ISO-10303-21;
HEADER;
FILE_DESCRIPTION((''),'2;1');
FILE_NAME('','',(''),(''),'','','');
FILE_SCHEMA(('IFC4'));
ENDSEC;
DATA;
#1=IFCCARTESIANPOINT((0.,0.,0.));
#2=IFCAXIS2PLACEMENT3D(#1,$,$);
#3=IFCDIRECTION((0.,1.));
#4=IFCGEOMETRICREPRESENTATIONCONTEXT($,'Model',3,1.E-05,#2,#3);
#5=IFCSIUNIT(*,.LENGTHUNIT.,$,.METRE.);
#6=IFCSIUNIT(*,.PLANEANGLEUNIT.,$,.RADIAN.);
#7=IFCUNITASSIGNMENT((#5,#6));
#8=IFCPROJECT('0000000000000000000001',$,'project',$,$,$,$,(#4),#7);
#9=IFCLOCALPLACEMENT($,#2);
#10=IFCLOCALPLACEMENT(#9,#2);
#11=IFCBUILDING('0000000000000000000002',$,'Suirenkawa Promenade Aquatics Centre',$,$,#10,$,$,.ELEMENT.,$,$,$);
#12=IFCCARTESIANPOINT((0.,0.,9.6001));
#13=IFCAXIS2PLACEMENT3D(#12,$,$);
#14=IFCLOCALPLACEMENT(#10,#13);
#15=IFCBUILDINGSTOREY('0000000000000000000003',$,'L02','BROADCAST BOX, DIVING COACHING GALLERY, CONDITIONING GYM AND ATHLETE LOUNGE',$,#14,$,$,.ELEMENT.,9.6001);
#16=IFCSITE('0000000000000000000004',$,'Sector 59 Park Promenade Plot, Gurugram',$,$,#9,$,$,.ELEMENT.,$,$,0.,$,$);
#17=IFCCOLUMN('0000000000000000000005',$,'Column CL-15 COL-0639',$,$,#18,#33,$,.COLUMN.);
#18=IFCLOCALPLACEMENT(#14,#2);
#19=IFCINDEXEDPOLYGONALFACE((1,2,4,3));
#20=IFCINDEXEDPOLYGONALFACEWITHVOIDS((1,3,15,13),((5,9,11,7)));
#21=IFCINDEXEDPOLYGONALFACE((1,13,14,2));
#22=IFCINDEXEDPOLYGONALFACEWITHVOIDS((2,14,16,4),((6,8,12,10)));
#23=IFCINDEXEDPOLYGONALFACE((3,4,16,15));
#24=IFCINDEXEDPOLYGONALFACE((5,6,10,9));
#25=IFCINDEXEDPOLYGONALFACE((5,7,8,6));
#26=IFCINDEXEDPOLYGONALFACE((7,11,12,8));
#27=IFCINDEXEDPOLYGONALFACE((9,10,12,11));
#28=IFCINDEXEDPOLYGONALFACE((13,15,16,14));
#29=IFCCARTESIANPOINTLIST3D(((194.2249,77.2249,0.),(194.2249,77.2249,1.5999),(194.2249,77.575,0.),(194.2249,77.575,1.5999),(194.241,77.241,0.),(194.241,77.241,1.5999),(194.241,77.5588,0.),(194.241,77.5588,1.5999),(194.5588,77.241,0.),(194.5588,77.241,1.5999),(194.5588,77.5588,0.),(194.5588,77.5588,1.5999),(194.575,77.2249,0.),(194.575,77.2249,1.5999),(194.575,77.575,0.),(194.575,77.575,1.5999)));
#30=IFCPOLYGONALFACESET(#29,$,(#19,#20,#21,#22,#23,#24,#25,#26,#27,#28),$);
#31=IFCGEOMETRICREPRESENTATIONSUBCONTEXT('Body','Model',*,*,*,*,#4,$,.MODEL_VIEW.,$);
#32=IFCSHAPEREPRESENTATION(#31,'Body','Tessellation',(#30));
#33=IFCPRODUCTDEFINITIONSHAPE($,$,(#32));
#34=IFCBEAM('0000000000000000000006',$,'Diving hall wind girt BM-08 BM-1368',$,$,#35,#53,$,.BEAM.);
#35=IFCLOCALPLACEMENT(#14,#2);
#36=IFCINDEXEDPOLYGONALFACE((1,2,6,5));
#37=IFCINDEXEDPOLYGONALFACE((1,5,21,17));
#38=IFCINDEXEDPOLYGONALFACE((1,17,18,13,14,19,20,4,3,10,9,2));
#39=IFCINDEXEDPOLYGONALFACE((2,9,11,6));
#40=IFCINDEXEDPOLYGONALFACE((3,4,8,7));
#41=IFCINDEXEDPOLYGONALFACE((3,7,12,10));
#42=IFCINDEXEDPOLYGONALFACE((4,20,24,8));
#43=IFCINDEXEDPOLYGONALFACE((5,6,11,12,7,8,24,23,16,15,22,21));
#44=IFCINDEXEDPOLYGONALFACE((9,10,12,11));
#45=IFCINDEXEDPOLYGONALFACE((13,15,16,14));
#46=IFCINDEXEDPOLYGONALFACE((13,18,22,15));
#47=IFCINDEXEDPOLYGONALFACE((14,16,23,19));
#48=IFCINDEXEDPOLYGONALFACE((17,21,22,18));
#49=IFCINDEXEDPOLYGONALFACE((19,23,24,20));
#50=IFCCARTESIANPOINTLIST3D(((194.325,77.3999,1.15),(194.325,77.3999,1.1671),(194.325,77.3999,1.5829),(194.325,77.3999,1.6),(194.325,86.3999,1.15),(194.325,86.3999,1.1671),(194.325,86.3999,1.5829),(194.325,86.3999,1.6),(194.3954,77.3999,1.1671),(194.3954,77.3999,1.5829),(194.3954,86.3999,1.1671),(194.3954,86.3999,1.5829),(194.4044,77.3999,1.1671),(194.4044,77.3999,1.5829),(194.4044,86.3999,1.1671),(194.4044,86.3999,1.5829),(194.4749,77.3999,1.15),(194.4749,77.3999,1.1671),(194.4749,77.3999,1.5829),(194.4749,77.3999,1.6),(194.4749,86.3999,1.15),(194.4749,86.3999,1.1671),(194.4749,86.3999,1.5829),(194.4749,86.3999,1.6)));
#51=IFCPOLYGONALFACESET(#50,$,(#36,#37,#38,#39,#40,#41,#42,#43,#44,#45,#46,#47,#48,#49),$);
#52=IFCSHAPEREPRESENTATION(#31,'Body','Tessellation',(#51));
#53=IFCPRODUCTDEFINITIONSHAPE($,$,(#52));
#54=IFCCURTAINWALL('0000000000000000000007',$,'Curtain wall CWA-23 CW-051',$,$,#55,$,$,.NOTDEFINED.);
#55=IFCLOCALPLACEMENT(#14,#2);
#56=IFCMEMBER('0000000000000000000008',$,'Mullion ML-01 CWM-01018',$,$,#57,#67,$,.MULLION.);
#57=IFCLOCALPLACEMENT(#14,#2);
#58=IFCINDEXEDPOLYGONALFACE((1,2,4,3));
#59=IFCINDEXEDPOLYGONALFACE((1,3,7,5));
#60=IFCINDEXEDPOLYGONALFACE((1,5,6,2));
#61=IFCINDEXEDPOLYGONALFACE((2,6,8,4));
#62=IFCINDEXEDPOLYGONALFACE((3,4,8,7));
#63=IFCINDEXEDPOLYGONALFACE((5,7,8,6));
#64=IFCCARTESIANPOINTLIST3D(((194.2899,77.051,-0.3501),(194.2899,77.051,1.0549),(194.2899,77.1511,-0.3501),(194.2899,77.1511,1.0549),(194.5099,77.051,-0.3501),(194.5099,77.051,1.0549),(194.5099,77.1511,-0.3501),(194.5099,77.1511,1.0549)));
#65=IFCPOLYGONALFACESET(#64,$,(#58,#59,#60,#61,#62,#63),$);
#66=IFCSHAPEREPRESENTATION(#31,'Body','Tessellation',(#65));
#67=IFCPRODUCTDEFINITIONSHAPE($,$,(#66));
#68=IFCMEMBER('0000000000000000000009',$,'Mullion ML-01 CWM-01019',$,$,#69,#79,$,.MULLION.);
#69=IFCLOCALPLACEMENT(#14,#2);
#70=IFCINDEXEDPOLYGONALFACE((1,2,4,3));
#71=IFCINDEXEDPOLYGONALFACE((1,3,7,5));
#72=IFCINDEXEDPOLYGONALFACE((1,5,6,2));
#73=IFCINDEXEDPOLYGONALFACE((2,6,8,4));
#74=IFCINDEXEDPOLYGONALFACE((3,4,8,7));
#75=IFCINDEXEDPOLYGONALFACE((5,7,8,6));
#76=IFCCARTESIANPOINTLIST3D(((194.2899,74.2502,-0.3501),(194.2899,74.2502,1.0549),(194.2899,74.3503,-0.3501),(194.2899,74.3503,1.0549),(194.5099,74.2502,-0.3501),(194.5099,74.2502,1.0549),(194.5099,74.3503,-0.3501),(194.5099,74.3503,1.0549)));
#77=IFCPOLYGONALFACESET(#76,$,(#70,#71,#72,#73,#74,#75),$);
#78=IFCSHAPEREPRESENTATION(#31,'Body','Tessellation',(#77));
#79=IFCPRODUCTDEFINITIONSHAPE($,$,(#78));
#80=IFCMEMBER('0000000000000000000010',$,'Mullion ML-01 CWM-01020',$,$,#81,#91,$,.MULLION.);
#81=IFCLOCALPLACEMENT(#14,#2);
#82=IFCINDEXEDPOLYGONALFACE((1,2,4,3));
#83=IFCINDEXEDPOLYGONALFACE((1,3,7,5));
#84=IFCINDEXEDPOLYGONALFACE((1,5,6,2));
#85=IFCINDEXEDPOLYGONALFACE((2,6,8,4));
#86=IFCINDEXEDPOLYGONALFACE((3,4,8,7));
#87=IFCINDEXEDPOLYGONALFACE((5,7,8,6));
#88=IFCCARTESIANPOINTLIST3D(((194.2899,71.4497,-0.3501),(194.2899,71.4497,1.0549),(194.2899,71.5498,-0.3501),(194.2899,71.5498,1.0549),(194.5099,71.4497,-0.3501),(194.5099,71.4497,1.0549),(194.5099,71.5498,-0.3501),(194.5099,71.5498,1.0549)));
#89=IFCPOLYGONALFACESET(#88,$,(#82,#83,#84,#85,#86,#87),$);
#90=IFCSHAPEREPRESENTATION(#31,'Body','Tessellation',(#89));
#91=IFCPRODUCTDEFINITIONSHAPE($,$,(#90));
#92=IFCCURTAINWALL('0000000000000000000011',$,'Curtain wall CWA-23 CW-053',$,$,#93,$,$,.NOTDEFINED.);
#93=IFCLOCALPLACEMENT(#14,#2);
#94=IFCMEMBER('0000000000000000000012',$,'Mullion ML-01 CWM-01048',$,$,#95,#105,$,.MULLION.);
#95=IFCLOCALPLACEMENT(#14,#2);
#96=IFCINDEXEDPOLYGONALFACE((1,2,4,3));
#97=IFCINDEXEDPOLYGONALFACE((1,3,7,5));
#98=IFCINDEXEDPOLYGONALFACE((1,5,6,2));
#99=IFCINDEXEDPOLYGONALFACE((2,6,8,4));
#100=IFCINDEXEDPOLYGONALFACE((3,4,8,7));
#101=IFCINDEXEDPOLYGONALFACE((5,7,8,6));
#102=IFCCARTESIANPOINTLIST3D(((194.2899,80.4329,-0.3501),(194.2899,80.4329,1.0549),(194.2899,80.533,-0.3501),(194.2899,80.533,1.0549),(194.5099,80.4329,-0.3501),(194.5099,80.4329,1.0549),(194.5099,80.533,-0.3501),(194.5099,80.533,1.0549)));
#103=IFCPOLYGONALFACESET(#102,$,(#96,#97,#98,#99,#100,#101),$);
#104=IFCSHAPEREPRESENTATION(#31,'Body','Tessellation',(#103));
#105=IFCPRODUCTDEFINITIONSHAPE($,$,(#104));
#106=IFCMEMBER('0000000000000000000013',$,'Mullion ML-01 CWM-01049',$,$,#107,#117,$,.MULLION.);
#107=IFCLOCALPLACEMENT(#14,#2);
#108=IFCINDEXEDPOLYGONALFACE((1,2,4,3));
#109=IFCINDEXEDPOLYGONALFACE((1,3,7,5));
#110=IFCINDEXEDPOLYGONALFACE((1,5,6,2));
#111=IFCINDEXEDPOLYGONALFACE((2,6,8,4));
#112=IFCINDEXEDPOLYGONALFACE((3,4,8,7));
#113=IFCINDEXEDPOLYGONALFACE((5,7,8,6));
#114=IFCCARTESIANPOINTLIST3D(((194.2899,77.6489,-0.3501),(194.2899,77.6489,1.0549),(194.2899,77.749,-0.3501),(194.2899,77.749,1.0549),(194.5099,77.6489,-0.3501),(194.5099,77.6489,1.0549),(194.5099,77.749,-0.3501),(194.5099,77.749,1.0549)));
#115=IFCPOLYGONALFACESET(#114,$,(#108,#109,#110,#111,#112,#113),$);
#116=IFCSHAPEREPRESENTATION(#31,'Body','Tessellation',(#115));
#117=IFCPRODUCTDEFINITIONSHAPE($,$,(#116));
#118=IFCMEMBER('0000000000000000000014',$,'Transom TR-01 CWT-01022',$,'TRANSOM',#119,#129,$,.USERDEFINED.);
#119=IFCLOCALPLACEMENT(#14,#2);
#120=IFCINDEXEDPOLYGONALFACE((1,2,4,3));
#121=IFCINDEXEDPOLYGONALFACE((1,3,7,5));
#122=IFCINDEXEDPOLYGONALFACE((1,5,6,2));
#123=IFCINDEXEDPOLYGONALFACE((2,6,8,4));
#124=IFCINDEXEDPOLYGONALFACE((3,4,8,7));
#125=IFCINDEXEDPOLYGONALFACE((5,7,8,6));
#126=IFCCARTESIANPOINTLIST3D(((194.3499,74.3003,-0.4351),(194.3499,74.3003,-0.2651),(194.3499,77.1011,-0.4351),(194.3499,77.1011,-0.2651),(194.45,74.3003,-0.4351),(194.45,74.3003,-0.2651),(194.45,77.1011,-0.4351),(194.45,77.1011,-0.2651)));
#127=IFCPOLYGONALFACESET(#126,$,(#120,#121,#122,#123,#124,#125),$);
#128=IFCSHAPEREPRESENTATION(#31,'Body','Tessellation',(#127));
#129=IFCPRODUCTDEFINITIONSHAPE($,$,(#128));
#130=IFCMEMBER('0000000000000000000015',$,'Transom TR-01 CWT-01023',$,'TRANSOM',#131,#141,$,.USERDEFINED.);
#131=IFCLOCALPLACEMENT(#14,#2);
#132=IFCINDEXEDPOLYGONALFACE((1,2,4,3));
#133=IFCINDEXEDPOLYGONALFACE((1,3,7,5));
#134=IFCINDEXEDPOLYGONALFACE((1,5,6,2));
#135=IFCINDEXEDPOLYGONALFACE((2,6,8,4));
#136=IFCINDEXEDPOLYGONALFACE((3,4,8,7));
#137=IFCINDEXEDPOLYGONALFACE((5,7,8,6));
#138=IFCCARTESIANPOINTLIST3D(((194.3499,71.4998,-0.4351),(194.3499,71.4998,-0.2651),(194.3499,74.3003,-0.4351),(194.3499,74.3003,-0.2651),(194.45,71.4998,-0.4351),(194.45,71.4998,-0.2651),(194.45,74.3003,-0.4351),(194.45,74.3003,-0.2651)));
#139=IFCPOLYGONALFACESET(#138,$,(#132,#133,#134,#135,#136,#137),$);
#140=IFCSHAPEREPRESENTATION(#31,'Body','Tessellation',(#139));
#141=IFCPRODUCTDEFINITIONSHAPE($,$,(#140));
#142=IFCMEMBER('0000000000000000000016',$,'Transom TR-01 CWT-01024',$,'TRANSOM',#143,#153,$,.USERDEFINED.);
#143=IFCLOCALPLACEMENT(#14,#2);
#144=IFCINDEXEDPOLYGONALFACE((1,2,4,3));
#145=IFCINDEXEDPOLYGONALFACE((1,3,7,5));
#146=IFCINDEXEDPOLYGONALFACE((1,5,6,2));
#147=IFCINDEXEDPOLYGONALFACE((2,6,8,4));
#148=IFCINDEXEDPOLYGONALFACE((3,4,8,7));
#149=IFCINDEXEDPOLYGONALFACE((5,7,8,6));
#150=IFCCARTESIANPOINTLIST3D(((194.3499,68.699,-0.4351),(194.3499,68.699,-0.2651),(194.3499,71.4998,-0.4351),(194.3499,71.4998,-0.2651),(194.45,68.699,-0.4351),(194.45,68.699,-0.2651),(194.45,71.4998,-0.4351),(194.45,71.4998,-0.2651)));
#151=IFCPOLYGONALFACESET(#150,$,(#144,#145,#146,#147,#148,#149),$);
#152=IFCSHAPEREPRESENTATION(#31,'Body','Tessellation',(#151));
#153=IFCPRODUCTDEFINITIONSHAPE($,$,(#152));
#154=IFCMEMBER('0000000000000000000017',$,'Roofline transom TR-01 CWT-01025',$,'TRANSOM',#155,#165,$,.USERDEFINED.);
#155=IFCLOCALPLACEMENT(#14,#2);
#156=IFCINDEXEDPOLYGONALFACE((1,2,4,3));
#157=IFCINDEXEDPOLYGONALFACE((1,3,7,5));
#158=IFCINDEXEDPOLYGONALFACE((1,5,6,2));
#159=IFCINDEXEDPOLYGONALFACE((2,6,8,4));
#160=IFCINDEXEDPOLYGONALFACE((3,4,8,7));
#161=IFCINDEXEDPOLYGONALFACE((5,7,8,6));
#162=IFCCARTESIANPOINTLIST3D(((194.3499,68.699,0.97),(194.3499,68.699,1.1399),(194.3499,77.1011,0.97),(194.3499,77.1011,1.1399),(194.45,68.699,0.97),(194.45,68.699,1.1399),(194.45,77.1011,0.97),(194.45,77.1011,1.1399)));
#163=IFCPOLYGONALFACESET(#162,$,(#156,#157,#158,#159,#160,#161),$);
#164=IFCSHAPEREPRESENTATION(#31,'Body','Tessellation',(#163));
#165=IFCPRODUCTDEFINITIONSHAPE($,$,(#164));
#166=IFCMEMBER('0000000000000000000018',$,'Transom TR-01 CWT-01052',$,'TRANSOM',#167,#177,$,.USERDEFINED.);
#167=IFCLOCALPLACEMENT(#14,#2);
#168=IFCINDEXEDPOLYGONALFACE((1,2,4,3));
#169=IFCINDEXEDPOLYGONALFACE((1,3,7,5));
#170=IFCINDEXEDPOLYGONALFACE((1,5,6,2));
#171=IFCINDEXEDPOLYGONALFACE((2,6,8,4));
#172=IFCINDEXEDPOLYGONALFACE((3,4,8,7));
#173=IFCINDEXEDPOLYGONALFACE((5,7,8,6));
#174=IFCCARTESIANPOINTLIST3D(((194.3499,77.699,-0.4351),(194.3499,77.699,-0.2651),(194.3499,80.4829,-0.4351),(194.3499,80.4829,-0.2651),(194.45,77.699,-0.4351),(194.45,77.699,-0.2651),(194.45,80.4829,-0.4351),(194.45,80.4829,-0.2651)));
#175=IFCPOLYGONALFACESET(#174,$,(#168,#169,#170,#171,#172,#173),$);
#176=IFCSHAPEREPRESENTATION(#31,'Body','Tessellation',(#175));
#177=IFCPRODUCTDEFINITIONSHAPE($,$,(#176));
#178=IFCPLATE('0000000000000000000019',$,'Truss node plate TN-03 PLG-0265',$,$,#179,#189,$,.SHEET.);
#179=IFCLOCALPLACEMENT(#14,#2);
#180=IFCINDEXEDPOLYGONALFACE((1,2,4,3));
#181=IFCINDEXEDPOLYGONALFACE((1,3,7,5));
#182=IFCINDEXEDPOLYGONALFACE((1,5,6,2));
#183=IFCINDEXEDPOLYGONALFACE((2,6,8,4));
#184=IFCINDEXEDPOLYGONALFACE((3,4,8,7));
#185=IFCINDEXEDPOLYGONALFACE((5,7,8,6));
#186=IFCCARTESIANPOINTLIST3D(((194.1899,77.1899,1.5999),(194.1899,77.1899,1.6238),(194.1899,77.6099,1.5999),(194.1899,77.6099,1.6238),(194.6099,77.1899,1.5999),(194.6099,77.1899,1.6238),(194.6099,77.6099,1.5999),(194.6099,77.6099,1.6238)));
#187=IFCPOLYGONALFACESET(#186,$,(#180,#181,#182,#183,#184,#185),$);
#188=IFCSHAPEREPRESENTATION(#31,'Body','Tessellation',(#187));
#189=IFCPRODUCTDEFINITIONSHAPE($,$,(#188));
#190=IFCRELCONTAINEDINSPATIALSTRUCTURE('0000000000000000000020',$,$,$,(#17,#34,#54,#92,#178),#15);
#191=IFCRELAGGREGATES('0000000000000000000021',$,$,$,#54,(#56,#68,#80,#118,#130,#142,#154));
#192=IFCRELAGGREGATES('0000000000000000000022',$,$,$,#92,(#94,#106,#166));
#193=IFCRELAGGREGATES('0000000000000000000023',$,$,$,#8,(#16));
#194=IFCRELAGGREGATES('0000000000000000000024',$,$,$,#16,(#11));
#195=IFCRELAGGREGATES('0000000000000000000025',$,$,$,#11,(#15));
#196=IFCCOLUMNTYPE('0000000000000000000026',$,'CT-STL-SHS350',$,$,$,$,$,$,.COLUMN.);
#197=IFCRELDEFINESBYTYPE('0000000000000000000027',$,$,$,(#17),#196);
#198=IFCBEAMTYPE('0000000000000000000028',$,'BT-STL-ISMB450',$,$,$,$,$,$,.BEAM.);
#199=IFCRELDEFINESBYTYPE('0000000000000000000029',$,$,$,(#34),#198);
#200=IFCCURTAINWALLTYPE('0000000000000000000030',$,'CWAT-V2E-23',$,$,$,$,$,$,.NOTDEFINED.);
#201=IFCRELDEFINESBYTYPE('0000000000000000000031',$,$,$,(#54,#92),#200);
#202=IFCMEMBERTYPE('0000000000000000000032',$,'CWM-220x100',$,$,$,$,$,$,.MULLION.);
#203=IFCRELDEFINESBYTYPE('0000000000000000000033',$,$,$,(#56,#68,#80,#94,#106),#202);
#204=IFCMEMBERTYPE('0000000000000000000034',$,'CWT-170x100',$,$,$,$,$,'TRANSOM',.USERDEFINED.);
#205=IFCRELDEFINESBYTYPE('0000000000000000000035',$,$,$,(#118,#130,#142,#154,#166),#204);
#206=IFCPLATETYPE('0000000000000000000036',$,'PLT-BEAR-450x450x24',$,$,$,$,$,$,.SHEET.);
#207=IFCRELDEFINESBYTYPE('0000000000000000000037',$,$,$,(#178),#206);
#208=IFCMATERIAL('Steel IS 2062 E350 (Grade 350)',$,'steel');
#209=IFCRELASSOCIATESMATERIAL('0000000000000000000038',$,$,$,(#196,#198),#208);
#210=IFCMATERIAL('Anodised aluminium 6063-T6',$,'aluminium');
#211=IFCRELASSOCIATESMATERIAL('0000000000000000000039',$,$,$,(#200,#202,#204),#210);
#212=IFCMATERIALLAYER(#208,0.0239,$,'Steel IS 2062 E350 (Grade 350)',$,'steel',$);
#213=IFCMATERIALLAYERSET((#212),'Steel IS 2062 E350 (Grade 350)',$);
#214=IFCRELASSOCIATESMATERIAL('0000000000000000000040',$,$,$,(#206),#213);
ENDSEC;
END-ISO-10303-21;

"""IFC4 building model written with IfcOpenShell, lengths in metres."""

from ifc_helpers import new_model, si_unit, direction, frame, origin, origin_2d, place, context, subcontext, project, spatial, rectangle, hollow_rectangle, i_section, extrude, material, layer, layer_set, material_profile, profile_set, type_object, element, aggregate, save


model = new_model("IFC4")

# Units and contexts
model_context = context("Model", 3, precision=1e-05, world=origin(), true_north=direction((0.0, 1.0)))
body_context = subcontext(model_context, "Body", "Model", "MODEL_VIEW")
ifc_project = project(units=[si_unit("LENGTHUNIT", "METRE"), si_unit("PLANEANGLEUNIT", "RADIAN")], contexts=[model_context])

# Site, building, storey
site_placement = place(None, origin())
site = spatial("IfcSite", under=ifc_project, at=site_placement, Name="Sector 59 Park Promenade Plot, Gurugram", CompositionType="ELEMENT", RefElevation=0.0)
building_placement = place(site_placement, origin())
building = spatial("IfcBuilding", under=site, at=building_placement, Name="Suirenkawa Promenade Aquatics Centre", CompositionType="ELEMENT")
storey_placement = place(building_placement, frame((0.0, 0.0, 9.6001)))
storey = spatial("IfcBuildingStorey", under=building, at=storey_placement, Name="L02", Description="BROADCAST BOX, DIVING COACHING GALLERY, CONDITIONING GYM AND ATHLETE LOUNGE", CompositionType="ELEMENT", Elevation=9.6001)

# Column
ifc_material_1 = material(Name="Steel IS 2062 E350 (Grade 350)", Category="steel")
ifc_material_profile_1 = material_profile(ifc_material_1, hollow_rectangle(XDim=0.3501, YDim=0.3501, WallThickness=0.0161, at=origin_2d()), Name="SHS 350x350x16", Category="steel")
ifc_profile_set_1 = profile_set([ifc_material_profile_1], Name="Steel IS 2062 E350 (Grade 350)")
column_type = type_object("IfcColumnType", Name="CT-STL-SHS350", PredefinedType="COLUMN", material=ifc_profile_set_1)
column_placement = place(storey_placement, frame((194.3999, 77.3999, 0.0), z_axis=(0.0, 0.0, 1.0), x_axis=(1.0, 0.0, 0.0)))
element("IfcColumn", 1, at=column_placement, inside=storey, type_object=column_type, Name="Column CL-15 COL-0639", PredefinedType="COLUMN", context=body_context, shape_type="SweptSolid", body=[
    extrude(hollow_rectangle(XDim=0.3501, YDim=0.3501, WallThickness=0.0161, at=origin_2d()), origin(), (0.0, 0.0, 1.0), 1.5999),
])

# Beam
ifc_material_profile_2 = material_profile(ifc_material_1, i_section(OverallWidth=0.1499, OverallDepth=0.45, WebThickness=0.009, FlangeThickness=0.0171, at=origin_2d()), Name="ISMB 450", Category="steel")
ifc_profile_set_2 = profile_set([ifc_material_profile_2], Name="Steel IS 2062 E350 (Grade 350)")
beam_type = type_object("IfcBeamType", Name="BT-STL-ISMB450", PredefinedType="BEAM", material=ifc_profile_set_2)
beam_placement = place(storey_placement, frame((194.3999, 77.3999, 1.375), z_axis=(0.0, 1.0, 0.0), x_axis=(-1.0, 0.0, 0.0)))
element("IfcBeam", 2, at=beam_placement, inside=storey, type_object=beam_type, Name="Diving hall wind girt BM-08 BM-1368", PredefinedType="BEAM", context=body_context, shape_type="SweptSolid", body=[
    extrude(i_section(OverallWidth=0.1499, OverallDepth=0.45, WebThickness=0.009, FlangeThickness=0.0171, at=origin_2d()), origin(), (0.0, 0.0, 1.0), 9.0),
])

# Curtain walls, members
ifc_material_2 = material(Name="Anodised aluminium 6063-T6", Category="aluminium")
curtain_wall_type = type_object("IfcCurtainWallType", Name="CWAT-V2E-23", PredefinedType="NOTDEFINED", material=ifc_material_2)
curtain_wall_1_placement = place(storey_placement, origin())
curtain_wall_1 = element("IfcCurtainWall", 3, at=curtain_wall_1_placement, inside=storey, type_object=curtain_wall_type, Name="Curtain wall CWA-23 CW-051", PredefinedType="NOTDEFINED")
ifc_material_profile_3 = material_profile(ifc_material_2, rectangle(XDim=0.1001, YDim=0.22, at=origin_2d()), Name="ALU MULL 100x220", Category="aluminium")
ifc_profile_set_3 = profile_set([ifc_material_profile_3], Name="Anodised aluminium 6063-T6")
member_type_1 = type_object("IfcMemberType", Name="CWM-220x100", PredefinedType="MULLION", material=ifc_profile_set_3)
member_1_placement = place(storey_placement, frame((194.3999, 77.1011, -0.3501), z_axis=(0.0, 0.0, 1.0), x_axis=(0.0, -1.0, 0.0)))
member_1 = element("IfcMember", 4, at=member_1_placement, type_object=member_type_1, Name="Mullion ML-01 CWM-01018", PredefinedType="MULLION", context=body_context, shape_type="SweptSolid", body=[
    extrude(rectangle(XDim=0.1001, YDim=0.22, at=origin_2d()), origin(), (0.0, 0.0, 1.0), 1.405),
])
member_2_placement = place(storey_placement, frame((194.3999, 74.3003, -0.3501), z_axis=(0.0, 0.0, 1.0), x_axis=(0.0, -1.0, 0.0)))
member_2 = element("IfcMember", 5, at=member_2_placement, type_object=member_type_1, Name="Mullion ML-01 CWM-01019", PredefinedType="MULLION", context=body_context, shape_type="SweptSolid", body=[
    extrude(rectangle(XDim=0.1001, YDim=0.22, at=origin_2d()), origin(), (0.0, 0.0, 1.0), 1.405),
])
member_3_placement = place(storey_placement, frame((194.3999, 71.4998, -0.3501), z_axis=(0.0, 0.0, 1.0), x_axis=(0.0, -1.0, 0.0)))
member_3 = element("IfcMember", 6, at=member_3_placement, type_object=member_type_1, Name="Mullion ML-01 CWM-01020", PredefinedType="MULLION", context=body_context, shape_type="SweptSolid", body=[
    extrude(rectangle(XDim=0.1001, YDim=0.22, at=origin_2d()), origin(), (0.0, 0.0, 1.0), 1.405),
])
curtain_wall_2_placement = place(storey_placement, origin())
curtain_wall_2 = element("IfcCurtainWall", 7, at=curtain_wall_2_placement, inside=storey, type_object=curtain_wall_type, Name="Curtain wall CWA-23 CW-053", PredefinedType="NOTDEFINED")
member_4_placement = place(storey_placement, frame((194.3999, 80.4829, -0.3501), z_axis=(0.0, 0.0, 1.0), x_axis=(0.0, -1.0, 0.0)))
member_4 = element("IfcMember", 8, at=member_4_placement, type_object=member_type_1, Name="Mullion ML-01 CWM-01048", PredefinedType="MULLION", context=body_context, shape_type="SweptSolid", body=[
    extrude(rectangle(XDim=0.1001, YDim=0.22, at=origin_2d()), origin(), (0.0, 0.0, 1.0), 1.405),
])
member_5_placement = place(storey_placement, frame((194.3999, 77.699, -0.3501), z_axis=(0.0, 0.0, 1.0), x_axis=(0.0, -1.0, 0.0)))
member_5 = element("IfcMember", 9, at=member_5_placement, type_object=member_type_1, Name="Mullion ML-01 CWM-01049", PredefinedType="MULLION", context=body_context, shape_type="SweptSolid", body=[
    extrude(rectangle(XDim=0.1001, YDim=0.22, at=origin_2d()), origin(), (0.0, 0.0, 1.0), 1.405),
])

# Members
ifc_material_profile_4 = material_profile(ifc_material_2, rectangle(XDim=0.1001, YDim=0.1699, at=origin_2d()), Name="ALU TRAN 100x170", Category="aluminium")
ifc_profile_set_4 = profile_set([ifc_material_profile_4], Name="Anodised aluminium 6063-T6")
member_type_2 = type_object("IfcMemberType", Name="CWT-170x100", ElementType="TRANSOM", PredefinedType="USERDEFINED", material=ifc_profile_set_4)
member_6_placement = place(storey_placement, frame((194.3999, 77.1011, -0.3501), z_axis=(0.0, -1.0, 0.0), x_axis=(1.0, 0.0, 0.0)))
member_6 = element("IfcMember", 10, at=member_6_placement, type_object=member_type_2, Name="Transom TR-01 CWT-01022", ObjectType="TRANSOM", PredefinedType="USERDEFINED", context=body_context, shape_type="SweptSolid", body=[
    extrude(rectangle(XDim=0.1001, YDim=0.1699, at=origin_2d()), origin(), (0.0, 0.0, 1.0), 2.8008),
])
member_7_placement = place(storey_placement, frame((194.3999, 74.3003, -0.3501), z_axis=(0.0, -1.0, 0.0), x_axis=(1.0, 0.0, 0.0)))
member_7 = element("IfcMember", 11, at=member_7_placement, type_object=member_type_2, Name="Transom TR-01 CWT-01023", ObjectType="TRANSOM", PredefinedType="USERDEFINED", context=body_context, shape_type="SweptSolid", body=[
    extrude(rectangle(XDim=0.1001, YDim=0.1699, at=origin_2d()), origin(), (0.0, 0.0, 1.0), 2.8005),
])
member_8_placement = place(storey_placement, frame((194.3999, 71.4998, -0.3501), z_axis=(0.0, -1.0, 0.0), x_axis=(1.0, 0.0, 0.0)))
member_8 = element("IfcMember", 12, at=member_8_placement, type_object=member_type_2, Name="Transom TR-01 CWT-01024", ObjectType="TRANSOM", PredefinedType="USERDEFINED", context=body_context, shape_type="SweptSolid", body=[
    extrude(rectangle(XDim=0.1001, YDim=0.1699, at=origin_2d()), origin(), (0.0, 0.0, 1.0), 2.8008),
])
member_9_placement = place(storey_placement, frame((194.3999, 77.1011, 1.0549), z_axis=(0.0, -1.0, 0.0), x_axis=(1.0, 0.0, 0.0)))
member_9 = element("IfcMember", 13, at=member_9_placement, type_object=member_type_2, Name="Roofline transom TR-01 CWT-01025", ObjectType="TRANSOM", PredefinedType="USERDEFINED", context=body_context, shape_type="SweptSolid", body=[
    extrude(rectangle(XDim=0.1001, YDim=0.1699, at=origin_2d()), origin(), (0.0, 0.0, 1.0), 8.4021),
])
member_10_placement = place(storey_placement, frame((194.3999, 80.4829, -0.3501), z_axis=(0.0, -1.0, 0.0), x_axis=(1.0, 0.0, 0.0)))
member_10 = element("IfcMember", 14, at=member_10_placement, type_object=member_type_2, Name="Transom TR-01 CWT-01052", ObjectType="TRANSOM", PredefinedType="USERDEFINED", context=body_context, shape_type="SweptSolid", body=[
    extrude(rectangle(XDim=0.1001, YDim=0.1699, at=origin_2d()), origin(), (0.0, 0.0, 1.0), 2.7839),
])

# Plate
aggregate(curtain_wall_1, [member_1, member_2, member_3, member_6, member_7, member_8, member_9])
aggregate(curtain_wall_2, [member_4, member_5, member_10])
ifc_layer_1 = layer(ifc_material_1, 0.0239, Name="Steel IS 2062 E350 (Grade 350)", Category="steel")
ifc_layer_set_1 = layer_set([ifc_layer_1], Name="Steel IS 2062 E350 (Grade 350)")
plate_type_1 = type_object("IfcPlateType", Name="PLT-BEAR-450x450x24", PredefinedType="SHEET", material=ifc_layer_set_1)
plate_1_placement = place(storey_placement, frame((194.3999, 77.3999, 1.5999), z_axis=(0.0, 0.0, 1.0), x_axis=(1.0, 0.0, 0.0)))
element("IfcPlate", 15, at=plate_1_placement, inside=storey, type_object=plate_type_1, Name="Truss node plate TN-03 PLG-0265", PredefinedType="SHEET", context=body_context, shape_type="SweptSolid", body=[
    extrude(rectangle(XDim=0.4199, YDim=0.4199, at=origin_2d()), origin(), (0.0, 0.0, 1.0), 0.0239),
])

save(model, "model.ifc")
